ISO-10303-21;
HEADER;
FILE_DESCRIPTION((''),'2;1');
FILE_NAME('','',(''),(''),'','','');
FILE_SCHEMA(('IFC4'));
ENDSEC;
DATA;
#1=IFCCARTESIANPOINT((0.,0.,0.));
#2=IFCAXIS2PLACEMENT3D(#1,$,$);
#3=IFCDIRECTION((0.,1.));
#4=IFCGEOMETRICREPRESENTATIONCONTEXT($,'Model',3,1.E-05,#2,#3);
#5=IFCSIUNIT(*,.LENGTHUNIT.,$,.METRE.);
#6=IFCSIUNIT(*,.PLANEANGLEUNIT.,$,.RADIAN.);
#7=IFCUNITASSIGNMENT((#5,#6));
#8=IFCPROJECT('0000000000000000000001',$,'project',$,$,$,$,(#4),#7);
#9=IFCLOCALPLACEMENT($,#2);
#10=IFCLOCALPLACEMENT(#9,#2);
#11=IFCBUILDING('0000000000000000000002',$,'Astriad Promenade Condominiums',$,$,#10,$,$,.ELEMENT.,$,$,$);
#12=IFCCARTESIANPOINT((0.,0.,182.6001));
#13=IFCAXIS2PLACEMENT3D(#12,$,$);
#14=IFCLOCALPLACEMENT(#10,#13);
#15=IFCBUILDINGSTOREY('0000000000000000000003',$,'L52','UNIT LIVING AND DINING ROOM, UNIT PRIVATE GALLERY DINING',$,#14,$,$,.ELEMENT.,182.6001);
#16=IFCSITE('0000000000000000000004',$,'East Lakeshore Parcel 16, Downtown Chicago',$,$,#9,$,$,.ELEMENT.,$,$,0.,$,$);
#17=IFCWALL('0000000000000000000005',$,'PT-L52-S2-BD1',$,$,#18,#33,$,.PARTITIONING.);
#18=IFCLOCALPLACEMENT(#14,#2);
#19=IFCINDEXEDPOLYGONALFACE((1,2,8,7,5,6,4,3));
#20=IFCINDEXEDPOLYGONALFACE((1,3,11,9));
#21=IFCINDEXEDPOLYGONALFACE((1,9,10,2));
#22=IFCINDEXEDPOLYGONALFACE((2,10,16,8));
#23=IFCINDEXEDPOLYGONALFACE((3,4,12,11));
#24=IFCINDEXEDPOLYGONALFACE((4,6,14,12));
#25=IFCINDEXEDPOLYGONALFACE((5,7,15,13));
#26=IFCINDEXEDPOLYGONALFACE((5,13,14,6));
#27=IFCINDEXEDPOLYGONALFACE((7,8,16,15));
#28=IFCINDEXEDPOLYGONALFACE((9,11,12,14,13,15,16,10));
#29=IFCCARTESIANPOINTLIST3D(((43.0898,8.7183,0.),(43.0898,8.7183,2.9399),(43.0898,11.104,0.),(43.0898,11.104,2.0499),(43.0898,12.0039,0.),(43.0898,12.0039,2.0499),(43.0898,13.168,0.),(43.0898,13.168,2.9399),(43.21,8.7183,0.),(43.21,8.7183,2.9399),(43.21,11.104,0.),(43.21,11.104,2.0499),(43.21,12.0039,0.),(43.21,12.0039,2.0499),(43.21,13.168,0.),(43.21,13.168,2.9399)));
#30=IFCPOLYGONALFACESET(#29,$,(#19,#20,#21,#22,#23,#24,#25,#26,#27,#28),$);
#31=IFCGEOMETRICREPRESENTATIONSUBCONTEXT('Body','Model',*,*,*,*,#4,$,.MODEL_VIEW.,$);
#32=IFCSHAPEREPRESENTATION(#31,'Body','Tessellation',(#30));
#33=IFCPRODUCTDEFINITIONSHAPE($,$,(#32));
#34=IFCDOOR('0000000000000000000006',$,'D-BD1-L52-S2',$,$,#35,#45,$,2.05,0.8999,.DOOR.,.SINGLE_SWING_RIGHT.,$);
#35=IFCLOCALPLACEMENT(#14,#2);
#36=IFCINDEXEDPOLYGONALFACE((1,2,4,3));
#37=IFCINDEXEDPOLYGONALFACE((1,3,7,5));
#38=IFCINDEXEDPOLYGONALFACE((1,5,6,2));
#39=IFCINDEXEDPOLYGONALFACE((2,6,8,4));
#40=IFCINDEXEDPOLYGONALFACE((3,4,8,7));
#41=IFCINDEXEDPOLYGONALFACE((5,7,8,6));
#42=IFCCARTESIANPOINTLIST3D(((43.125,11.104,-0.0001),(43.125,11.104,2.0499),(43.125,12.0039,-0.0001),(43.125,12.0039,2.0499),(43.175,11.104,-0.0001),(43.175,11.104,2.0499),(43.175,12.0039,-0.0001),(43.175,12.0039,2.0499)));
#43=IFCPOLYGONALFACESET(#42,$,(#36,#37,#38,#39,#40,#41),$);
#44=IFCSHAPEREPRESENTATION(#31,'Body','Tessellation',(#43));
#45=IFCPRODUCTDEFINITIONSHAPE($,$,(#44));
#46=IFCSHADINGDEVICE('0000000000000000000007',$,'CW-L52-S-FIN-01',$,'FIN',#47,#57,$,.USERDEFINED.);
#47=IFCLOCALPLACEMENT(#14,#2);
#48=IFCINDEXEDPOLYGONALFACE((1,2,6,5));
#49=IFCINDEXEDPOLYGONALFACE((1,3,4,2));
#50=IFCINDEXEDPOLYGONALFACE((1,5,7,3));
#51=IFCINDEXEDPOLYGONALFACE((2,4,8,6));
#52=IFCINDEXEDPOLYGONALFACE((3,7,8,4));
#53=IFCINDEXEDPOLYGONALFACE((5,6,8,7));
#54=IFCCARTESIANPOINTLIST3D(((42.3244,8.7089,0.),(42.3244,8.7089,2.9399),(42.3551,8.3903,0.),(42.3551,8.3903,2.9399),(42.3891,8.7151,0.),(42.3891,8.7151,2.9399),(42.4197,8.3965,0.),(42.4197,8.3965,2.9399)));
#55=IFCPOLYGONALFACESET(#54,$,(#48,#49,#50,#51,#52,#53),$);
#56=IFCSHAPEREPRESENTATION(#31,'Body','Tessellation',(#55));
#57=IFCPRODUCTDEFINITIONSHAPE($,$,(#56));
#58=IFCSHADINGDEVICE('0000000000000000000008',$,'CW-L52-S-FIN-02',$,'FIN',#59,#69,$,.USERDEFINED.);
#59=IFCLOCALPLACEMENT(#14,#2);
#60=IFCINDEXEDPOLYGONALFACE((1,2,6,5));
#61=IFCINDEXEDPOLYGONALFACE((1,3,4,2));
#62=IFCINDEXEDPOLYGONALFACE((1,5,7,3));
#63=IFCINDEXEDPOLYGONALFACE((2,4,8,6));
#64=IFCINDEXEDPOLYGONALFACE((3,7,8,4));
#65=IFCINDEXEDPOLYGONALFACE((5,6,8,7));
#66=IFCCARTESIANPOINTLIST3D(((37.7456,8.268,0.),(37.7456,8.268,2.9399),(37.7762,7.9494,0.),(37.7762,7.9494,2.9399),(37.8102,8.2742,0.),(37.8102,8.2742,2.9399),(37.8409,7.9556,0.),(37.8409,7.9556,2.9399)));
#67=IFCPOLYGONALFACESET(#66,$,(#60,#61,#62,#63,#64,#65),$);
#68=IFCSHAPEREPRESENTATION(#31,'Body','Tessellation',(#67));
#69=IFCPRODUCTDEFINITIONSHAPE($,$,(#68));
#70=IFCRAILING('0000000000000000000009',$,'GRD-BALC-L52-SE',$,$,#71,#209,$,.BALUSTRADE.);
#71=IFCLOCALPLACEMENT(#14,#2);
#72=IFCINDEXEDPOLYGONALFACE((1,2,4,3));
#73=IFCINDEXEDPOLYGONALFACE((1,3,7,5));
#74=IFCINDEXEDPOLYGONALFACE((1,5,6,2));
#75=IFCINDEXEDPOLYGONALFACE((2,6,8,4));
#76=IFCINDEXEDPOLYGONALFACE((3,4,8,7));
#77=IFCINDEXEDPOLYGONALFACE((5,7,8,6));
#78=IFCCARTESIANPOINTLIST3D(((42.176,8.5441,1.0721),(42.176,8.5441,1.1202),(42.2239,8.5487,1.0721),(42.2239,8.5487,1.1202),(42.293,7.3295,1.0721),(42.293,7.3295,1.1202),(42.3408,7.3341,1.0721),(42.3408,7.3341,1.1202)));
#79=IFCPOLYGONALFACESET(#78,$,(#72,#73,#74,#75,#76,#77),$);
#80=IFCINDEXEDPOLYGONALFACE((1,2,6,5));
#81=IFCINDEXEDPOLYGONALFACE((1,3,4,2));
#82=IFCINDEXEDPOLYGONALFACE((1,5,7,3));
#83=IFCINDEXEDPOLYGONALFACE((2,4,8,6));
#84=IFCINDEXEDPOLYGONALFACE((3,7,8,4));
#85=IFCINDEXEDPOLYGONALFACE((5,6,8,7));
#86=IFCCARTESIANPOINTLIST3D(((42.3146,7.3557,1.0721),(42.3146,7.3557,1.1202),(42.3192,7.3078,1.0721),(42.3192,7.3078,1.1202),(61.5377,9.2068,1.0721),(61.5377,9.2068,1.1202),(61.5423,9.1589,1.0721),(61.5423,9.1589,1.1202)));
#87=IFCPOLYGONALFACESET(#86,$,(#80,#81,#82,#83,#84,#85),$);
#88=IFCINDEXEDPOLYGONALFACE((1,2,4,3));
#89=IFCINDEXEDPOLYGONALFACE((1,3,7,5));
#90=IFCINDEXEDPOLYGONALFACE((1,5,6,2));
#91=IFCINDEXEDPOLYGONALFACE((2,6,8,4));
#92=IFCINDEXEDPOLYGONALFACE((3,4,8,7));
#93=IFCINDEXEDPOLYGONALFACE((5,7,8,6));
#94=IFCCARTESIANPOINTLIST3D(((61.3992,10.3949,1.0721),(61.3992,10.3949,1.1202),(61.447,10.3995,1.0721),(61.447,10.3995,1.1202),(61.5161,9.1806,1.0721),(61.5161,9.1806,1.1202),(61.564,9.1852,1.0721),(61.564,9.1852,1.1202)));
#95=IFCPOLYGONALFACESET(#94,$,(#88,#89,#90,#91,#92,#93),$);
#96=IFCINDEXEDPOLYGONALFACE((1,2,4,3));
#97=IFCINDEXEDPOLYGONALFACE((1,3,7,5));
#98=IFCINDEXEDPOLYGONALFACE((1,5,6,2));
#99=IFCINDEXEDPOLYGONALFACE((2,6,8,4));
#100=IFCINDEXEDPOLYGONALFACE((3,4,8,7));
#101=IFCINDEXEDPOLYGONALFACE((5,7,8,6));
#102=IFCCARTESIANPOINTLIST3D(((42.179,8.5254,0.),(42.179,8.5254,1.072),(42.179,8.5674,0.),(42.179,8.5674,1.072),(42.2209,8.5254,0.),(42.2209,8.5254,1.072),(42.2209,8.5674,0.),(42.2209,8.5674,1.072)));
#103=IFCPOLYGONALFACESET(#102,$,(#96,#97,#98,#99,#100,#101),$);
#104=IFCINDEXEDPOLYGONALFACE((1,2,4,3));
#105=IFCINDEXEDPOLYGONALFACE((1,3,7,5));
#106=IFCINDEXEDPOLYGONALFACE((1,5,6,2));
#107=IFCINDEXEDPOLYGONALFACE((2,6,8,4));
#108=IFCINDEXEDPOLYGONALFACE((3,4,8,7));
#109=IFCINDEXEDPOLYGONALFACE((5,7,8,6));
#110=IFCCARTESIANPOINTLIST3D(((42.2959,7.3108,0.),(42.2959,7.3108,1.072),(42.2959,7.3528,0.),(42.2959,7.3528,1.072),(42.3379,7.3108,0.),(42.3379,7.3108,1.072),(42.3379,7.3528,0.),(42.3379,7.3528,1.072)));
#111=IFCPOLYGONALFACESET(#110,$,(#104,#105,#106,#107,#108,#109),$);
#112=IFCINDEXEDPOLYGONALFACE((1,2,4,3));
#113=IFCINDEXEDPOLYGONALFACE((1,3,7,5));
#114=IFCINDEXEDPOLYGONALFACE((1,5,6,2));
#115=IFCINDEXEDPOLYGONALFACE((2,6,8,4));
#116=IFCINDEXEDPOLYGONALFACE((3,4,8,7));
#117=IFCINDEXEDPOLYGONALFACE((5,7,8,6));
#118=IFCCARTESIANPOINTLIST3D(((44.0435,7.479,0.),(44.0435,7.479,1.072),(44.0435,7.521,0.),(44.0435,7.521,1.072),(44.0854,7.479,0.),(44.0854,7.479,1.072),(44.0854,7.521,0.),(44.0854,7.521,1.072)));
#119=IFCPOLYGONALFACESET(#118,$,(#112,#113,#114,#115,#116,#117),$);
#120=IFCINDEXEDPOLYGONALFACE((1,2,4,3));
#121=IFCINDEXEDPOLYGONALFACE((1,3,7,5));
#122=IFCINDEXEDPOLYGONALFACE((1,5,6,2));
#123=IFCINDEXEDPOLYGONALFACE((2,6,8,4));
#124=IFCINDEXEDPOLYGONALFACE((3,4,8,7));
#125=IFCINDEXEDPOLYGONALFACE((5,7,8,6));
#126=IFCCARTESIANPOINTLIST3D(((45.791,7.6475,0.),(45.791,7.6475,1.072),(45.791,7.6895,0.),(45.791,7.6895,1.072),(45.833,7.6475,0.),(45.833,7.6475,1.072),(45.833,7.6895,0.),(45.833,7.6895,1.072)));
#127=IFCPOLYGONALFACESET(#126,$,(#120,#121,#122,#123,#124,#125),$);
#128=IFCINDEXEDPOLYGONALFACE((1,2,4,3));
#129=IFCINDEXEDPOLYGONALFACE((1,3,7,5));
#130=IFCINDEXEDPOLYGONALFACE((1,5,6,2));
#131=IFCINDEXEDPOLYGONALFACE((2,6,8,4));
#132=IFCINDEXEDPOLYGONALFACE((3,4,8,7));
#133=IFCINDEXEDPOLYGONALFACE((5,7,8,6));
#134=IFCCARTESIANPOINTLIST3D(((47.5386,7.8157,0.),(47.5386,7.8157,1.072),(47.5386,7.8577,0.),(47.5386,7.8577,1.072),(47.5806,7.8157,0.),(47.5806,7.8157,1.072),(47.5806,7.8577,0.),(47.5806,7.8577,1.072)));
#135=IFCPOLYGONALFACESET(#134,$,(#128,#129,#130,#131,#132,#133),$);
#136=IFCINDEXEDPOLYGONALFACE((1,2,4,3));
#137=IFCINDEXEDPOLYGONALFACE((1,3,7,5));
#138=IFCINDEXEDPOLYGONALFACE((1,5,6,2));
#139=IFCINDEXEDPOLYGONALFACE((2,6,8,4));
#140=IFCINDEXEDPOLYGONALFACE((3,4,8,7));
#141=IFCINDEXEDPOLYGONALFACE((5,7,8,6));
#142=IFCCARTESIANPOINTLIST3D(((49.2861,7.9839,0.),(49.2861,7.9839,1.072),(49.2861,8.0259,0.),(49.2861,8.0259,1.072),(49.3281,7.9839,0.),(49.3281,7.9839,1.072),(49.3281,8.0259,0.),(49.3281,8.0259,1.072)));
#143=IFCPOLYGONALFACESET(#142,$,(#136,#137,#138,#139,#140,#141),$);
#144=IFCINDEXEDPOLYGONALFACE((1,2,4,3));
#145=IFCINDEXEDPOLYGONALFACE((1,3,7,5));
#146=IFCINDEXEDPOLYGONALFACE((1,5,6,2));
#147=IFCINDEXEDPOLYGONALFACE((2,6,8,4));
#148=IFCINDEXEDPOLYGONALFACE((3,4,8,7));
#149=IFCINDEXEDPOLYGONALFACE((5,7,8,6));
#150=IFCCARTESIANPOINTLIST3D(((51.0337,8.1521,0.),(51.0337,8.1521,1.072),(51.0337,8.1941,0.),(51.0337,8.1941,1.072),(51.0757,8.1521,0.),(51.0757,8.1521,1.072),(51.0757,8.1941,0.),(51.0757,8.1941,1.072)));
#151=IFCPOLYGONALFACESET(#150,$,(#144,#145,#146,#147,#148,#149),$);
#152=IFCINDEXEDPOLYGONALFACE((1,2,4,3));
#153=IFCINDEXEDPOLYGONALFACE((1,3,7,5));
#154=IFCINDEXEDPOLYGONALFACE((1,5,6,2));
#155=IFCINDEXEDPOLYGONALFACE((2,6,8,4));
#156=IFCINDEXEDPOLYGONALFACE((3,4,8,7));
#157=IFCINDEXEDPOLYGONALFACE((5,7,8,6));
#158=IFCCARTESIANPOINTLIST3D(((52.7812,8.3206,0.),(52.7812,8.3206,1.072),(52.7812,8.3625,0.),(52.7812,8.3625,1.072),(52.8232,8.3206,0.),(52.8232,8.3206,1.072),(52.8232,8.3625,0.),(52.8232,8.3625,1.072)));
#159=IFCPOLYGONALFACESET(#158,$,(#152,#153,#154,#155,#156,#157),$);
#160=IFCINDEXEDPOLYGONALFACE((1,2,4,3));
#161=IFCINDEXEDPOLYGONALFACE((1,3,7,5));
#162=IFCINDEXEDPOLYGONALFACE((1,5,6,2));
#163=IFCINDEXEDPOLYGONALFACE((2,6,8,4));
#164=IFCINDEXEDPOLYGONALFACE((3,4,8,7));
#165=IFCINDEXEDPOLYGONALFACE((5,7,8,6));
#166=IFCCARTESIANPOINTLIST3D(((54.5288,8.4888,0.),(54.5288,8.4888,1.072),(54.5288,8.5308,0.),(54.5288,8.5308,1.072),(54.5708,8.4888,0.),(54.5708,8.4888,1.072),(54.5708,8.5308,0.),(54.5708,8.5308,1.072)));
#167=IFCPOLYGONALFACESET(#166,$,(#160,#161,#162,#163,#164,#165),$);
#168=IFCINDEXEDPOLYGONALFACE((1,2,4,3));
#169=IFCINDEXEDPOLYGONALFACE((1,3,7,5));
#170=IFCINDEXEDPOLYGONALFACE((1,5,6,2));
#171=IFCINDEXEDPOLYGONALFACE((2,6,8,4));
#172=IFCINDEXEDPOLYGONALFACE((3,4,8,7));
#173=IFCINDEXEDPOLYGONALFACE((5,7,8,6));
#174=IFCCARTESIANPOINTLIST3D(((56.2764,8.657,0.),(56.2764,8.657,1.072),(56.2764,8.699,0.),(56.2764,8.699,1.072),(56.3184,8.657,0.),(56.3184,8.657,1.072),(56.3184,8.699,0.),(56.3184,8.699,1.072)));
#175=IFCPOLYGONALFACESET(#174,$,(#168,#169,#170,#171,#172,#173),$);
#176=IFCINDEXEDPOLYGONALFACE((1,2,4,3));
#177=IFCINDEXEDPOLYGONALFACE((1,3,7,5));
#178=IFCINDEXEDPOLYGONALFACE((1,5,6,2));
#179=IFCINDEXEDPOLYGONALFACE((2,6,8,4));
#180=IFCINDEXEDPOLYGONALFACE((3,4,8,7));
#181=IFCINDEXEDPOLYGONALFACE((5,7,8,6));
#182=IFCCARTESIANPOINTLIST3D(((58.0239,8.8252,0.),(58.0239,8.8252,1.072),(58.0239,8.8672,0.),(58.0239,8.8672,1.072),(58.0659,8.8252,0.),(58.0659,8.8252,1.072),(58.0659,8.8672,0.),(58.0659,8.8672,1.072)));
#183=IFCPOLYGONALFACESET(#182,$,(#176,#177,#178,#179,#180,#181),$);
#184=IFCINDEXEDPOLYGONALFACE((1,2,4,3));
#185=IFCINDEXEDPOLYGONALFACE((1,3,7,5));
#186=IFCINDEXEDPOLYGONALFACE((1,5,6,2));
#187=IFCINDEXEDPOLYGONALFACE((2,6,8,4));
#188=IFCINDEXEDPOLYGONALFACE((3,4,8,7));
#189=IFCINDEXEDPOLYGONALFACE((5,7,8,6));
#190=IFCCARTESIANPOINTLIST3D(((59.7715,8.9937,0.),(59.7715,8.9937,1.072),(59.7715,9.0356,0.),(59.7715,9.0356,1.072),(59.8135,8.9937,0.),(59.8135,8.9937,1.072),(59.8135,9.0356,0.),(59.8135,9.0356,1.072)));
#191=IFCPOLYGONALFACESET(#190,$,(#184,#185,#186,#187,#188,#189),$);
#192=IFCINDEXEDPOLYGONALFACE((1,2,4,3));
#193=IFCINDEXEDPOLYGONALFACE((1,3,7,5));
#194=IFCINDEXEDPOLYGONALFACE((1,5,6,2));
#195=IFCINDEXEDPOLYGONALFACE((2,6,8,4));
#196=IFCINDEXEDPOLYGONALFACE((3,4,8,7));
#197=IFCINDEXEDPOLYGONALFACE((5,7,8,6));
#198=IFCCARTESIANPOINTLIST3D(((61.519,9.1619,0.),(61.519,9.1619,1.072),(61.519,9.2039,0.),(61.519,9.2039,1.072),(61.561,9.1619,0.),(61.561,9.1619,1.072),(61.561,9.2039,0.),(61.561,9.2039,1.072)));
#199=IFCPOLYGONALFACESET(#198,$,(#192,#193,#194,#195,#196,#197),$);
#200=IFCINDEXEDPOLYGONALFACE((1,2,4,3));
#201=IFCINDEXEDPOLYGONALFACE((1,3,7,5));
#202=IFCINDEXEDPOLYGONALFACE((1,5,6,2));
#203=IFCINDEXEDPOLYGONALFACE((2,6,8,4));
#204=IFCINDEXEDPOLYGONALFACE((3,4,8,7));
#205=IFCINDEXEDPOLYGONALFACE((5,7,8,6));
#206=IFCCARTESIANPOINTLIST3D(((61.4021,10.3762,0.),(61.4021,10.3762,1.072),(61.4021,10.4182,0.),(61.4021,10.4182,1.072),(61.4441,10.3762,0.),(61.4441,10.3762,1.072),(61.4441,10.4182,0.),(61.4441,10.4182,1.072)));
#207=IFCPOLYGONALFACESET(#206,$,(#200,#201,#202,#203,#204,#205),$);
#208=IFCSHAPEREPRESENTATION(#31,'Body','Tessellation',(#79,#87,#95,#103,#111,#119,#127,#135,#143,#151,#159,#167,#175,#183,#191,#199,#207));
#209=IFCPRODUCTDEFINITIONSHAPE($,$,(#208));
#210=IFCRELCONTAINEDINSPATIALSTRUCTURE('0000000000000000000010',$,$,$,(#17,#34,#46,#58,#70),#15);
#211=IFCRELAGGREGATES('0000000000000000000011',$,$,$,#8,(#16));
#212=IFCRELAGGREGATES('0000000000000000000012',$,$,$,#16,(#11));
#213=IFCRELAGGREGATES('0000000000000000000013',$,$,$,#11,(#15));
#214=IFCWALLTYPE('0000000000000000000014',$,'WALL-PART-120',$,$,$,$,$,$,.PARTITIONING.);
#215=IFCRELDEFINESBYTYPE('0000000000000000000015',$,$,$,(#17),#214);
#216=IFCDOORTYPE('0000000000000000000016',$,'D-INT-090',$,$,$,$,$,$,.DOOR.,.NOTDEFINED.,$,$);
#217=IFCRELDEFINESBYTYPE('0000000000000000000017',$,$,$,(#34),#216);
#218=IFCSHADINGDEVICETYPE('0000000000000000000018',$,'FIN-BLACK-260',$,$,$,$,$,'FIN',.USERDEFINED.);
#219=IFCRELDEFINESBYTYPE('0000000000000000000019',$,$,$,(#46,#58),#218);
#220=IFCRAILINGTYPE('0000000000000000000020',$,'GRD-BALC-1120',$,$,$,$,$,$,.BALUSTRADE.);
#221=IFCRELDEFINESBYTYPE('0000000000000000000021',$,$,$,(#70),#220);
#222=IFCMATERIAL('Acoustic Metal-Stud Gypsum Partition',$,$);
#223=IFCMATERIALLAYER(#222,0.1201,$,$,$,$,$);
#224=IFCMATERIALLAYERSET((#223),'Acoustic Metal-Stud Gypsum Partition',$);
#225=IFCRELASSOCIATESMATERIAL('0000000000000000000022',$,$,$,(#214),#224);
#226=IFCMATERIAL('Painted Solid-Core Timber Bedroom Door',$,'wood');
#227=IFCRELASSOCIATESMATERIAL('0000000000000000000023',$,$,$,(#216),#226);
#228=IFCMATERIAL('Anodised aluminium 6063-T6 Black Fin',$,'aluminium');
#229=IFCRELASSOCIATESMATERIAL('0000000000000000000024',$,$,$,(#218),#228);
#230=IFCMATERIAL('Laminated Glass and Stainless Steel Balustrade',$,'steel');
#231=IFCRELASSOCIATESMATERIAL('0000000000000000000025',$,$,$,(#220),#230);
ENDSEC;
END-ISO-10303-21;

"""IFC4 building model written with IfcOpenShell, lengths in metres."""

from ifc_helpers import new_model, si_unit, direction, frame, frame_2d, origin, origin_2d, place, context, subcontext, project, spatial, rectangle, extrude, source, transform, mapped, material, layer, layer_set, type_object, type_shapes, element, fill, save


model = new_model("IFC4")

# Units and contexts
model_context = context("Model", 3, precision=1e-05, world=origin(), true_north=direction((0.0, 1.0)))
body_context = subcontext(model_context, "Body", "Model", "MODEL_VIEW")
ifc_project = project(units=[si_unit("LENGTHUNIT", "METRE"), si_unit("PLANEANGLEUNIT", "RADIAN")], contexts=[model_context])

# Site, building, storey
site_placement = place(None, origin())
site = spatial("IfcSite", under=ifc_project, at=site_placement, Name="East Lakeshore Parcel 16, Downtown Chicago", CompositionType="ELEMENT", RefElevation=0.0)
building_placement = place(site_placement, origin())
building = spatial("IfcBuilding", under=site, at=building_placement, Name="Astriad Promenade Condominiums", CompositionType="ELEMENT")
storey_placement = place(building_placement, frame((0.0, 0.0, 182.6001)))
storey = spatial("IfcBuildingStorey", under=building, at=storey_placement, Name="L52", Description="UNIT LIVING AND DINING ROOM, UNIT PRIVATE GALLERY DINING", CompositionType="ELEMENT", Elevation=182.6001)

# Wall, opening, door
ifc_material_1 = material(Name="Acoustic Metal-Stud Gypsum Partition")
ifc_layer_1 = layer(ifc_material_1, 0.1201)
ifc_layer_set_1 = layer_set([ifc_layer_1], Name="Acoustic Metal-Stud Gypsum Partition")
wall_type_1 = type_object("IfcWallType", Name="WALL-PART-120", PredefinedType="PARTITIONING", material=ifc_layer_set_1)
wall_1_placement = place(storey_placement, frame((43.1499, 8.7183, 0.0), z_axis=(0.0, 0.0, 1.0), x_axis=(0.0, 1.0, 0.0)))
wall_1 = element("IfcWall", 1, at=wall_1_placement, inside=storey, type_object=wall_type_1, Name="PT-L52-S2-BD1", PredefinedType="PARTITIONING", context=body_context, shape_type="SweptSolid", body=[
    extrude(rectangle(XDim=4.4497, YDim=0.1201, at=frame_2d((2.2249, 0.0))), origin(), (0.0, 0.0, 1.0), 2.9399),
])
opening_placement = place(wall_1_placement, frame((2.3857, 0.0, 0.0)))
opening = element("IfcOpeningElement", 2, at=opening_placement, cuts=wall_1, PredefinedType="OPENING", context=body_context, shape_type="SweptSolid", body=[
    extrude(rectangle(XDim=0.8999, YDim=2.05, at=frame_2d((0.45, 1.0249))), frame((0.0, 0.0701, 0.0), z_axis=(0.0, -1.0, 0.0), x_axis=(1.0, 0.0, 0.0)), (0.0, 0.0, 1.0), 0.1401),
])
ifc_material_2 = material(Name="Painted Solid-Core Timber Bedroom Door", Category="wood")
door_type = type_object("IfcDoorType", Name="D-INT-090", OperationType="NOTDEFINED", PredefinedType="DOOR", material=ifc_material_2)
shared_shape_1 = source(origin(), body_context, "Body", "SweptSolid", [
    extrude(rectangle(XDim=0.8999, YDim=2.05, at=frame_2d((0.45, 1.0249))), frame((0.0, 0.0249, 0.0), z_axis=(0.0, -1.0, 0.0), x_axis=(1.0, 0.0, 0.0)), (0.0, 0.0, 1.0), 0.05),
])
type_shapes(door_type, [shared_shape_1])
door_placement = place(opening_placement, origin())
door = element("IfcDoor", 3, at=door_placement, inside=storey, type_object=door_type, Name="D-BD1-L52-S2", OperationType="SINGLE_SWING_RIGHT", OverallHeight=2.05, OverallWidth=0.8999, PredefinedType="DOOR", context=body_context, shape_type="MappedRepresentation", body=[
    mapped(shared_shape_1, transform((0.0, 0.0, 0.0), scale=1.0)),
])
fill(opening, door)

# Shading devices
ifc_material_3 = material(Name="Anodised aluminium 6063-T6 Black Fin", Category="aluminium")
shading_device_type = type_object("IfcShadingDeviceType", Name="FIN-BLACK-260", ElementType="FIN", PredefinedType="USERDEFINED", material=ifc_material_3)
shared_shape_2 = source(origin(), body_context, "Body", "SweptSolid", [
    extrude(rectangle(XDim=0.0649, YDim=0.3201, at=origin_2d()), origin(), (0.0, 0.0, 1.0), 2.9399),
])
type_shapes(shading_device_type, [shared_shape_2])
for number, where, z_axis, x_axis, name in (
    (4, (42.3721, 8.5527, 0.0), (0.0, 0.0, 1.0), (-0.995396, -0.095846, 0.0), "CW-L52-S-FIN-01"),
    (5, (37.7932, 8.1118, 0.0), (0.0, 0.0, 1.0), (-0.995396, -0.095846, 0.0), "CW-L52-S-FIN-02"),
):
    element("IfcShadingDevice", number, at=place(storey_placement, frame(where, z_axis=z_axis, x_axis=x_axis)), inside=storey, type_object=shading_device_type, Name=name, ObjectType="FIN", PredefinedType="USERDEFINED", context=body_context, shape_type="MappedRepresentation", body=[
        mapped(shared_shape_2, transform((0.0, 0.0, 0.0), scale=1.0)),
    ])

# Railing
ifc_material_4 = material(Name="Laminated Glass and Stainless Steel Balustrade", Category="steel")
railing_type = type_object("IfcRailingType", Name="GRD-BALC-1120", PredefinedType="BALUSTRADE", material=ifc_material_4)
shared_shape_3 = source(origin(), body_context, "Body", "SweptSolid", [
    extrude(rectangle(XDim=0.0481, YDim=0.0481, at=origin_2d()), frame((0.0, 0.0, 1.0962), z_axis=(0.095838, -0.995397, 0.0), x_axis=(0.995397, 0.095838, 0.0)), (0.0, 0.0, 1.0), 1.2202),
    extrude(rectangle(XDim=0.0481, YDim=0.0481, at=origin_2d()), frame((0.1169, -1.2146, 1.0962), z_axis=(0.995396, 0.095851, 0.0), x_axis=(-0.095851, 0.995396, 0.0)), (0.0, 0.0, 1.0), 19.312),
    extrude(rectangle(XDim=0.0481, YDim=0.0481, at=origin_2d()), frame((19.3401, 0.6365, 1.0962), z_axis=(-0.095857, 0.995395, 0.0), x_axis=(-0.995395, -0.095857, 0.0)), (0.0, 0.0, 1.0), 1.22),
    extrude(rectangle(XDim=0.042, YDim=0.042, at=origin_2d()), origin(), (0.0, 0.0, 1.0), 1.072),
    extrude(rectangle(XDim=0.042, YDim=0.042, at=origin_2d()), frame((0.1169, -1.2146, 0.0)), (0.0, 0.0, 1.0), 1.072),
    extrude(rectangle(XDim=0.042, YDim=0.042, at=origin_2d()), frame((1.8645, -1.0464, 0.0)), (0.0, 0.0, 1.0), 1.072),
    extrude(rectangle(XDim=0.042, YDim=0.042, at=origin_2d()), frame((3.6121, -0.8779, 0.0)), (0.0, 0.0, 1.0), 1.072),
    extrude(rectangle(XDim=0.042, YDim=0.042, at=origin_2d()), frame((5.3596, -0.7097, 0.0)), (0.0, 0.0, 1.0), 1.072),
    extrude(rectangle(XDim=0.042, YDim=0.042, at=origin_2d()), frame((7.1072, -0.5415, 0.0)), (0.0, 0.0, 1.0), 1.072),
    extrude(rectangle(XDim=0.042, YDim=0.042, at=origin_2d()), frame((8.8547, -0.3733, 0.0)), (0.0, 0.0, 1.0), 1.072),
    extrude(rectangle(XDim=0.042, YDim=0.042, at=origin_2d()), frame((10.6023, -0.2048, 0.0)), (0.0, 0.0, 1.0), 1.072),
    extrude(rectangle(XDim=0.042, YDim=0.042, at=origin_2d()), frame((12.3499, -0.0366, 0.0)), (0.0, 0.0, 1.0), 1.072),
    extrude(rectangle(XDim=0.042, YDim=0.042, at=origin_2d()), frame((14.0974, 0.1316, 0.0)), (0.0, 0.0, 1.0), 1.072),
    extrude(rectangle(XDim=0.042, YDim=0.042, at=origin_2d()), frame((15.845, 0.2998, 0.0)), (0.0, 0.0, 1.0), 1.072),
    extrude(rectangle(XDim=0.042, YDim=0.042, at=origin_2d()), frame((17.5925, 0.4683, 0.0)), (0.0, 0.0, 1.0), 1.072),
    extrude(rectangle(XDim=0.042, YDim=0.042, at=origin_2d()), frame((19.3401, 0.6365, 0.0)), (0.0, 0.0, 1.0), 1.072),
    extrude(rectangle(XDim=0.042, YDim=0.042, at=origin_2d()), frame((19.2231, 1.8508, 0.0)), (0.0, 0.0, 1.0), 1.072),
])
type_shapes(railing_type, [shared_shape_3])
railing_placement = place(storey_placement, frame((42.2, 8.5464, 0.0)))
element("IfcRailing", 6, at=railing_placement, inside=storey, type_object=railing_type, Name="GRD-BALC-L52-SE", PredefinedType="BALUSTRADE", context=body_context, shape_type="MappedRepresentation", body=[
    mapped(shared_shape_3, transform((0.0, 0.0, 0.0), scale=1.0)),
])

save(model, "model.ifc")
